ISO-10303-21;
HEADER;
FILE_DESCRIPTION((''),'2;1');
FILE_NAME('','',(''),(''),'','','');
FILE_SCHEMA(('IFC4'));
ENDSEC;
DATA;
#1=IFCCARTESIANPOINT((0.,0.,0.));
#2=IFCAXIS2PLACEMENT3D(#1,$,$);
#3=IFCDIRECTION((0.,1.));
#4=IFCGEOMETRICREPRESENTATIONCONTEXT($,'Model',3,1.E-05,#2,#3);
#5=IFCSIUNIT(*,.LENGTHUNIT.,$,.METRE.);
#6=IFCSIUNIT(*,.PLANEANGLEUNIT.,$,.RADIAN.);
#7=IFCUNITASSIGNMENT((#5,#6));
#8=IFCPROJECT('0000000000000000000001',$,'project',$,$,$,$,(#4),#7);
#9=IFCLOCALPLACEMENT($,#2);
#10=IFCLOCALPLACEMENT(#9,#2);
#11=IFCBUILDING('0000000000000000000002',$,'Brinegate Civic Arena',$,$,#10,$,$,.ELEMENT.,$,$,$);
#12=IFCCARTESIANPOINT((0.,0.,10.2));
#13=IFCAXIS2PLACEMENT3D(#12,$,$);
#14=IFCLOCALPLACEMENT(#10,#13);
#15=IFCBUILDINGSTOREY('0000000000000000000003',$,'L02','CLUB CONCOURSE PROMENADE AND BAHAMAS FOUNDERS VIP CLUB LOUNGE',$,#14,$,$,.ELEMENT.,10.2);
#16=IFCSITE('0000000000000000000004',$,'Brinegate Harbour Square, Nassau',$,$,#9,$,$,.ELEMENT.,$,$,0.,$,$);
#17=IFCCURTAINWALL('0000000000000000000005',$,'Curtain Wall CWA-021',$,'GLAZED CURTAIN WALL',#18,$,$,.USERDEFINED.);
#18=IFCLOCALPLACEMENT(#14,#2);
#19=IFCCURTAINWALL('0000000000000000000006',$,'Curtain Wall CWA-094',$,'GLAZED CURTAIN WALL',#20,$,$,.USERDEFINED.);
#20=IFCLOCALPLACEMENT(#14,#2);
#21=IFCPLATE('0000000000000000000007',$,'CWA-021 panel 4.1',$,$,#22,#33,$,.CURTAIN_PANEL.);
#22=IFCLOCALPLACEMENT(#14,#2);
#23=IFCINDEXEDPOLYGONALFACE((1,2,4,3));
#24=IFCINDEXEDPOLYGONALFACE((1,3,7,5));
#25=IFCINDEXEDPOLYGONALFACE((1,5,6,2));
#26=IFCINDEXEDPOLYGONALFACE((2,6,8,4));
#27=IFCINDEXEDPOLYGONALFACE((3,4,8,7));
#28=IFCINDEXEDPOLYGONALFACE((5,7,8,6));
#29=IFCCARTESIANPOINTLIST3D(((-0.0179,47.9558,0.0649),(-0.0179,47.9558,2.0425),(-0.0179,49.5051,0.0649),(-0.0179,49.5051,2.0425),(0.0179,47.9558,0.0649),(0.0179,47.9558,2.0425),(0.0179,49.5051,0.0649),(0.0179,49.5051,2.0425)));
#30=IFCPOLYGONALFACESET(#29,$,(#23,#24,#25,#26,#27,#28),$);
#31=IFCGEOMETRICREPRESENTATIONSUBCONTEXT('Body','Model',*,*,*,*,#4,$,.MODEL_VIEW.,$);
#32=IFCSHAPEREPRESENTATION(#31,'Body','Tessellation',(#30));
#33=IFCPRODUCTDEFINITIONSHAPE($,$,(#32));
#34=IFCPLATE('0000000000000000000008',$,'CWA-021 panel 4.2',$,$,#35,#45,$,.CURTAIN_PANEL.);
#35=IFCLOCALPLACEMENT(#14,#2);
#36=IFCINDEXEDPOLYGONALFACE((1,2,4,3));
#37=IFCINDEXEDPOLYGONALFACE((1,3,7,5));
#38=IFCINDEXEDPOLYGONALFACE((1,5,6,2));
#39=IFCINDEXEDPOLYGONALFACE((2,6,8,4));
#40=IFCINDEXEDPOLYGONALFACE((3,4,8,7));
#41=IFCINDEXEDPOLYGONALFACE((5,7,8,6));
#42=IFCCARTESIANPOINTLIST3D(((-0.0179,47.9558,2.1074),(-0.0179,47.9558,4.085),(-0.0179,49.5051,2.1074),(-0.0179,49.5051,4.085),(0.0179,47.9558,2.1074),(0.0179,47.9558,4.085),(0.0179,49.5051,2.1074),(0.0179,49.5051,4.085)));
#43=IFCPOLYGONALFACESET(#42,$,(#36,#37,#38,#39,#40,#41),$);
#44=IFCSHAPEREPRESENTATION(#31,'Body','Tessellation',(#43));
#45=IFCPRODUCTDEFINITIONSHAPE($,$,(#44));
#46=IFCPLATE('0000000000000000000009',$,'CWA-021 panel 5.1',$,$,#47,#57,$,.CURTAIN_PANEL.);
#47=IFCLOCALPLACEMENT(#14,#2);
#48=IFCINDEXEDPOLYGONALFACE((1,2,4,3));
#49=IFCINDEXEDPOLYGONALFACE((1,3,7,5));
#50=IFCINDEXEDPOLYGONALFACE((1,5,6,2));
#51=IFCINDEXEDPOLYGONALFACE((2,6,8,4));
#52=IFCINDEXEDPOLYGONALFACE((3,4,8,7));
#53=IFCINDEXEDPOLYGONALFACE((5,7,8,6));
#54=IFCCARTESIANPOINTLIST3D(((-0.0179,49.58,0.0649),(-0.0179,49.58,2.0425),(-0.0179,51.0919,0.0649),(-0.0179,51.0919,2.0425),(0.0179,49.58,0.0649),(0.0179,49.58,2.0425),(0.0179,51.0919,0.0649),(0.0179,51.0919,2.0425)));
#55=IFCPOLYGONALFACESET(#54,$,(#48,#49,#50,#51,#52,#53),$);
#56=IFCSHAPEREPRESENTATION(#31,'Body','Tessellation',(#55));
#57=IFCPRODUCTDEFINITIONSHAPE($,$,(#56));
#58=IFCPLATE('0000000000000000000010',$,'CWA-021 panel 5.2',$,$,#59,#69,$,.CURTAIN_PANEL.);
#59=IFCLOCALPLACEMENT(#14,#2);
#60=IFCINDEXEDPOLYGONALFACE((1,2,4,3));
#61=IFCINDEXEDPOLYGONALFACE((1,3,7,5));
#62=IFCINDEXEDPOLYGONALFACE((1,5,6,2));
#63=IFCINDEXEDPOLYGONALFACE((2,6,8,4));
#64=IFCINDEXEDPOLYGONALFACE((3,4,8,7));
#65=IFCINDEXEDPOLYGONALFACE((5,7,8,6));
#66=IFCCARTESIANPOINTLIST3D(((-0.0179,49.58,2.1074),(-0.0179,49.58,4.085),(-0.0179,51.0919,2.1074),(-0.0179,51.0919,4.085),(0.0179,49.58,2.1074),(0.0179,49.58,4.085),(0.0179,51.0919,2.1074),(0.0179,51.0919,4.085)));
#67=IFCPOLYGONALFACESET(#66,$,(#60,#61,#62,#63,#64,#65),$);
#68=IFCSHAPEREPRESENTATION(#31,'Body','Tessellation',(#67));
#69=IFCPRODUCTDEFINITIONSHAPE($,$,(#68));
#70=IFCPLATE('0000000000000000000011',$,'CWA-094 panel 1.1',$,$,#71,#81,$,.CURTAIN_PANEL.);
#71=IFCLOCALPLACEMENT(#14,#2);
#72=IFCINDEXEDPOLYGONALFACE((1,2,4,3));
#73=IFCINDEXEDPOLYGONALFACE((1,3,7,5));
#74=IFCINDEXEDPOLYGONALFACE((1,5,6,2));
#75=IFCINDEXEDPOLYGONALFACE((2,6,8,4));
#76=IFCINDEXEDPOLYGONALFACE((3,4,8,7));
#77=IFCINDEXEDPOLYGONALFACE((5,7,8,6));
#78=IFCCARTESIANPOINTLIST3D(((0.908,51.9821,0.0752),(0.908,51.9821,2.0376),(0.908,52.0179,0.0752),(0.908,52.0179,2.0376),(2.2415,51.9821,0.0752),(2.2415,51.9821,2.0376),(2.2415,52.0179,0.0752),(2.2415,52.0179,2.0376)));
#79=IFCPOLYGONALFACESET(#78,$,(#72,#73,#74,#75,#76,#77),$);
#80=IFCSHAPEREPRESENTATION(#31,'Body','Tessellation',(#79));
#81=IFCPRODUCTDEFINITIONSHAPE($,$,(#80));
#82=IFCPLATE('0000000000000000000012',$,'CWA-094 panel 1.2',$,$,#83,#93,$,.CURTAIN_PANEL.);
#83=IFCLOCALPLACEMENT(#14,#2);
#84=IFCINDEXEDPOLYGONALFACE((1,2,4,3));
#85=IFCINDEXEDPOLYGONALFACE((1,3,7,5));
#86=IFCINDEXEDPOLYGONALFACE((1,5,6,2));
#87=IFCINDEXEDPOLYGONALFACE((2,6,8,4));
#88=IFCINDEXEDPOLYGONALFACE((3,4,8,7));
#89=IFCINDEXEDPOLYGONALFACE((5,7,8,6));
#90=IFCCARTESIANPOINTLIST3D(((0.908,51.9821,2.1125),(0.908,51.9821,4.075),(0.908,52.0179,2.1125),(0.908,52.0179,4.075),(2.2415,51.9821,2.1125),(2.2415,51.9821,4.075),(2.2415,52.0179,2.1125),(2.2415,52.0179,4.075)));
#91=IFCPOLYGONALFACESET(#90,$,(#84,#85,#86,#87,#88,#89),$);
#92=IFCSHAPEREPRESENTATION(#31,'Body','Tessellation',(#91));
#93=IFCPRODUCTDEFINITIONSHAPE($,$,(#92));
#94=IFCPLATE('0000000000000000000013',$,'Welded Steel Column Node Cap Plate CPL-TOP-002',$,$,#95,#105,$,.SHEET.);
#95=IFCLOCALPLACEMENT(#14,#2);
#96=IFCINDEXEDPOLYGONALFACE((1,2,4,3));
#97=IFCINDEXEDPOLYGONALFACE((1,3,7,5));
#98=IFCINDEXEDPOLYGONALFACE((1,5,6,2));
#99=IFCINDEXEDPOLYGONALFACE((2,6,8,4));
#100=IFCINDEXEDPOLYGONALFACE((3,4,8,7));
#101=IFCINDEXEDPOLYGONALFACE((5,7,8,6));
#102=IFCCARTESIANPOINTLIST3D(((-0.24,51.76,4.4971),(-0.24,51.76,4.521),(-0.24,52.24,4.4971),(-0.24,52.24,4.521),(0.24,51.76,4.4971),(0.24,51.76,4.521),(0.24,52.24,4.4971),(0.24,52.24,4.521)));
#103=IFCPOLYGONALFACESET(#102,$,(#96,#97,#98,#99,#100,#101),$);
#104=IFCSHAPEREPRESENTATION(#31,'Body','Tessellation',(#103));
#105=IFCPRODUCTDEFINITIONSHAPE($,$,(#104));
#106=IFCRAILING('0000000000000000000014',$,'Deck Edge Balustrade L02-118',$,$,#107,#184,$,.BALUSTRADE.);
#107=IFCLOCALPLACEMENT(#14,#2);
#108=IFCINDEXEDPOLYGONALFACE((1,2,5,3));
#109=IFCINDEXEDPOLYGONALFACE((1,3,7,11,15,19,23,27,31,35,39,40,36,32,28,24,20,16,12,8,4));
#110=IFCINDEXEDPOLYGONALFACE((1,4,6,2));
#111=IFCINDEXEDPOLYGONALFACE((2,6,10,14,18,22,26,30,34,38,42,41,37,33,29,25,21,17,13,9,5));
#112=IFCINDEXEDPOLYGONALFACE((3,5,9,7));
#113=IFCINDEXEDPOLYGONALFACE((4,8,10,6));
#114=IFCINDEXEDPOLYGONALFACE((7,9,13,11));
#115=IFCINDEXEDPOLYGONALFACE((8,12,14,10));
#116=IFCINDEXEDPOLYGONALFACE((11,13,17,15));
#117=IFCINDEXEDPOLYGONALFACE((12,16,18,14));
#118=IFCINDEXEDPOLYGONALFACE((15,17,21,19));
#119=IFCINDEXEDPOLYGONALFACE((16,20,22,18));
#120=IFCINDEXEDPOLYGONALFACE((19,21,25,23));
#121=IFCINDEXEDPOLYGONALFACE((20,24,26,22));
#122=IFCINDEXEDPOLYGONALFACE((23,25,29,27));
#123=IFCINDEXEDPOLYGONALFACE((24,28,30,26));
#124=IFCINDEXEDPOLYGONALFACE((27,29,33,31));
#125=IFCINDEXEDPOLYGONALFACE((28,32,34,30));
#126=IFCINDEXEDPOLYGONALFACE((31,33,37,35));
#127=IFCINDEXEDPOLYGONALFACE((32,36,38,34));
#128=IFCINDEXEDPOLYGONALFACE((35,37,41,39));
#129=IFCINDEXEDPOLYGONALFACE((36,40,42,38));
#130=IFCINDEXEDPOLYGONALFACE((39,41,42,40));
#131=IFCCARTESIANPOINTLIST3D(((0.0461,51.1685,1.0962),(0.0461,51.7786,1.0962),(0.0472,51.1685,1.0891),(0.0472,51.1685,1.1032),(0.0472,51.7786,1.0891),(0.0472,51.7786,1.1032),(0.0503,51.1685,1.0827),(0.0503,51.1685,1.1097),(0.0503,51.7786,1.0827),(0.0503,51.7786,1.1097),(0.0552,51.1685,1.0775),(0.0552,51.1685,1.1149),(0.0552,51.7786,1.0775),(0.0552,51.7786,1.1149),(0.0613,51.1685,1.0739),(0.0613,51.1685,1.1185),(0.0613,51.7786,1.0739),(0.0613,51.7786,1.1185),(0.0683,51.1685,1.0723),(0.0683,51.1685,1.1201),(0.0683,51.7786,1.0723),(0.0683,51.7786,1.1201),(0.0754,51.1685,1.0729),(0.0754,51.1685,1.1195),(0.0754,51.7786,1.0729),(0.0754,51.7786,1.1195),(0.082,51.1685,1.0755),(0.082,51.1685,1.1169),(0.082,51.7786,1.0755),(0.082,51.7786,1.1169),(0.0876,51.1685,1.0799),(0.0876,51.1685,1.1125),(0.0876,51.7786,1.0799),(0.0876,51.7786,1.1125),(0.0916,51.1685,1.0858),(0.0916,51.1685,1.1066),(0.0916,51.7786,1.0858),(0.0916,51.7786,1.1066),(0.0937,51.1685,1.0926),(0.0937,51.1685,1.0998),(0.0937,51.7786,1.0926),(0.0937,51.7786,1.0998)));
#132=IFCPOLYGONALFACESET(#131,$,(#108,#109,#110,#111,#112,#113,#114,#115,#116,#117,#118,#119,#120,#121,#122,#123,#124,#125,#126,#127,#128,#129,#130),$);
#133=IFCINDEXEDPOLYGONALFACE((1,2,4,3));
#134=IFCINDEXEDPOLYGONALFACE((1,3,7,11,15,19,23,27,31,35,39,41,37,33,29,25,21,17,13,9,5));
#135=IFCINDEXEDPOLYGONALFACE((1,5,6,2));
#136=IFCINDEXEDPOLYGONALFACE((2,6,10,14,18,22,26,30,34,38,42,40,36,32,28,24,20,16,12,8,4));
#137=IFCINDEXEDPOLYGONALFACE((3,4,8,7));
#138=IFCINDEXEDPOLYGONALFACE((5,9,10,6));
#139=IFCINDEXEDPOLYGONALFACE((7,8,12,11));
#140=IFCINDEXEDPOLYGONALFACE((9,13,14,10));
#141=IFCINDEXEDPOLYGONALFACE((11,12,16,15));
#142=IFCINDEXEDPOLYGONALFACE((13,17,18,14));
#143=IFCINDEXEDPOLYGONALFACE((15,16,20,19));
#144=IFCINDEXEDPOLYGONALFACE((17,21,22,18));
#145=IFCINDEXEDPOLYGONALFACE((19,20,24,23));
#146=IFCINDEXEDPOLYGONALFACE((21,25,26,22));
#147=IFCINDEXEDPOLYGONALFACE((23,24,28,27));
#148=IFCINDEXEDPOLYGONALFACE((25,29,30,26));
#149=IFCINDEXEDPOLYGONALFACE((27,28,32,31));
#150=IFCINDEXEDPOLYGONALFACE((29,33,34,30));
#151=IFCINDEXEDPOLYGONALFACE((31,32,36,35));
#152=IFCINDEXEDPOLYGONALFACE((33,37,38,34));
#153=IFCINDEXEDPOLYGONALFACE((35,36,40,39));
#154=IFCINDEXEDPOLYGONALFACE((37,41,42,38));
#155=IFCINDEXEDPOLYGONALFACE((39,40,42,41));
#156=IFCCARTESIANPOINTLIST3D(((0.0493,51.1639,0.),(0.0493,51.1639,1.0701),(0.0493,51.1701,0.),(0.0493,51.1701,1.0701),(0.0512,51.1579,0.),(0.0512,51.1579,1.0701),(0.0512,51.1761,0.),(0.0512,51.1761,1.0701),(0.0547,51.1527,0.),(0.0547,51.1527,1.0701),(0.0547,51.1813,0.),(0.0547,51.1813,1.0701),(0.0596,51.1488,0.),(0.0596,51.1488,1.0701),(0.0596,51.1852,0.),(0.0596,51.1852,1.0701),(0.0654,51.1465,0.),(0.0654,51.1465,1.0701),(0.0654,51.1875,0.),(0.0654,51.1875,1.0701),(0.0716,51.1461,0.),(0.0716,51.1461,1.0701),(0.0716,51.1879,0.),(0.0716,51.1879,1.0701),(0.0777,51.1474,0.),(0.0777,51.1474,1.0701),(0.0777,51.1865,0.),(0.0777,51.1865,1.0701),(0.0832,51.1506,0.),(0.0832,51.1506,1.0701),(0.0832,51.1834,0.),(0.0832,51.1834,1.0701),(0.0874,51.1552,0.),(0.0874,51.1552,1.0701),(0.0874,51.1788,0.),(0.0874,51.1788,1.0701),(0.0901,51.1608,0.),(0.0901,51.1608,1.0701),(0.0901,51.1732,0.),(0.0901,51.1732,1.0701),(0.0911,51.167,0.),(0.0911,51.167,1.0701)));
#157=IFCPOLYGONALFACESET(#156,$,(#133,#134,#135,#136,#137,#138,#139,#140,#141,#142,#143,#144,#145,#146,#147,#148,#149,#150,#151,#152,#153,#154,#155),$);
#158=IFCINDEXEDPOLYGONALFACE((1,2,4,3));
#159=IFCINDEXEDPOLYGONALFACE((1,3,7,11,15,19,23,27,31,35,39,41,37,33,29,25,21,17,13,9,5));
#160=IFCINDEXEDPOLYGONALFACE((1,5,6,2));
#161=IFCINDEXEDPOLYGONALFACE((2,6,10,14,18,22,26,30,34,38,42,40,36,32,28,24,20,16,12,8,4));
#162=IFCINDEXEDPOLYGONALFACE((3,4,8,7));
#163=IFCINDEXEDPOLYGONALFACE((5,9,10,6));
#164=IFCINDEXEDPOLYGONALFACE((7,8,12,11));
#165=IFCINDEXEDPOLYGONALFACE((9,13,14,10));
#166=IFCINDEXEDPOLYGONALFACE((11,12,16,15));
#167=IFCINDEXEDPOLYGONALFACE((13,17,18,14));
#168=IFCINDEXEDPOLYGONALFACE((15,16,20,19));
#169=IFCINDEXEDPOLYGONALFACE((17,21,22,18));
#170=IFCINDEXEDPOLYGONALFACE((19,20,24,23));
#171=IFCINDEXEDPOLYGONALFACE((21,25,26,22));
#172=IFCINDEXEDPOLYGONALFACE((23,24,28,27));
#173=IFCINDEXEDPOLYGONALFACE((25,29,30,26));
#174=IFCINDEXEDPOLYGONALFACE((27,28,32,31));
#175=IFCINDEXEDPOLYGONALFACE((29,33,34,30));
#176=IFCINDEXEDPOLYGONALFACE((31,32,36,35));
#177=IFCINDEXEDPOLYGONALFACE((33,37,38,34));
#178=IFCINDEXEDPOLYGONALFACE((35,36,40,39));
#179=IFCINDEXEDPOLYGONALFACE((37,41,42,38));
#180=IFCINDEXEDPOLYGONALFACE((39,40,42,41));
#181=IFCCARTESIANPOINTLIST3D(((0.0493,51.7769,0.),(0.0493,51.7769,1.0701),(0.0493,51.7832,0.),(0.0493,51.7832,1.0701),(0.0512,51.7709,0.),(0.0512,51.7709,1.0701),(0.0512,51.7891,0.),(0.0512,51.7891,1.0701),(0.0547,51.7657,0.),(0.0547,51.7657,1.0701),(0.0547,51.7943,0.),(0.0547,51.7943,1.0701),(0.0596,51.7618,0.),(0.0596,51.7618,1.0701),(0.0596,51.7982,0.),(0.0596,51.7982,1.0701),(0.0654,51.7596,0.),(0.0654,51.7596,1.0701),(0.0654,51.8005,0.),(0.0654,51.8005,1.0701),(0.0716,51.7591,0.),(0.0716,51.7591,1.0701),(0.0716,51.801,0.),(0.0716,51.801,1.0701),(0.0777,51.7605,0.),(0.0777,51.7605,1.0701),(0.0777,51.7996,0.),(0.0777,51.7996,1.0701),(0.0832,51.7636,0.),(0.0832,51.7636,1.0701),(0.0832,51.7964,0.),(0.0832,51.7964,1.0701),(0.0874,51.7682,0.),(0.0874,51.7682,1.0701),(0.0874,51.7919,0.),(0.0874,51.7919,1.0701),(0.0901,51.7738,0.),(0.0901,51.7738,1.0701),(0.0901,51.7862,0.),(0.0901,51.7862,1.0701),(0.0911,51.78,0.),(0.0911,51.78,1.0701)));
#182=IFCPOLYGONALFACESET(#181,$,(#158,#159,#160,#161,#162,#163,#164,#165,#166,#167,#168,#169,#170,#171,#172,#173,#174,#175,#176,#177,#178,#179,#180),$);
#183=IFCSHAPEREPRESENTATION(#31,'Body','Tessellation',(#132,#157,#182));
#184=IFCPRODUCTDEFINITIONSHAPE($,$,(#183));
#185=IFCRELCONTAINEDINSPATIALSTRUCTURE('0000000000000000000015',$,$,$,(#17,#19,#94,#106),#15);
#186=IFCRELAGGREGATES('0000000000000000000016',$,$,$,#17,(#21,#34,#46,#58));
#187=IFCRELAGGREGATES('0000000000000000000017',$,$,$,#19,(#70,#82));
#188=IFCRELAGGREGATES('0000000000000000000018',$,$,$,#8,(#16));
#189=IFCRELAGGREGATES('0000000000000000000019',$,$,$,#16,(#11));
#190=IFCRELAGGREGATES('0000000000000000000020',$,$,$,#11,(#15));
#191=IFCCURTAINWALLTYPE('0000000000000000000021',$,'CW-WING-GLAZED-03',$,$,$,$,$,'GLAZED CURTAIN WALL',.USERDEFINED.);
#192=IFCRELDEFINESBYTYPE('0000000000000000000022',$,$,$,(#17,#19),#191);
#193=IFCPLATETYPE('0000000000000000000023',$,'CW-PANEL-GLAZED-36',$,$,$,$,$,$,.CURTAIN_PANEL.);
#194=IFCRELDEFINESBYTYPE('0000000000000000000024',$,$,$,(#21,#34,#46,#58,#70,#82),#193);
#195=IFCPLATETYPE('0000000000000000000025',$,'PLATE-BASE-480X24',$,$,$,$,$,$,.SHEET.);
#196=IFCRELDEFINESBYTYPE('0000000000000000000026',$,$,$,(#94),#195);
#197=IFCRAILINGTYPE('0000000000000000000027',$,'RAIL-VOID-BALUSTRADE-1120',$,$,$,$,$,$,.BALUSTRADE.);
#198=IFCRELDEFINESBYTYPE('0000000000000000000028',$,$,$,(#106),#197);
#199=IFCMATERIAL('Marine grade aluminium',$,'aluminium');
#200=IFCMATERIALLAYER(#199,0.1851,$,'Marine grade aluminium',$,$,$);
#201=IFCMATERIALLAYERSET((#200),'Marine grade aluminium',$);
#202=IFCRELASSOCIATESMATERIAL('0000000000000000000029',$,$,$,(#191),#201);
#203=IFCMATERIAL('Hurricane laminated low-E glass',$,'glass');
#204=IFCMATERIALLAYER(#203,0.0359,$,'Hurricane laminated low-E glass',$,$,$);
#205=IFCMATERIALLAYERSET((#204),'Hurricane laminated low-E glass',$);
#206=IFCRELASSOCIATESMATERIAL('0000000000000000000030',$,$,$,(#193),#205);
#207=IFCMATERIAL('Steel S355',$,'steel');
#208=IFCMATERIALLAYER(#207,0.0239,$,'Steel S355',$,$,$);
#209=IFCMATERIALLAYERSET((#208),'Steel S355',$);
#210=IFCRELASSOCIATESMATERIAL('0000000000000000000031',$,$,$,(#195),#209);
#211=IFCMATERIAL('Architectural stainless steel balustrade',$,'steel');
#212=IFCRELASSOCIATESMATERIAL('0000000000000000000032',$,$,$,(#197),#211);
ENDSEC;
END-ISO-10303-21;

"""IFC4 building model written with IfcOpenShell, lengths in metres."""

from ifc_helpers import new_model, si_unit, direction, frame, origin, origin_2d, place, context, subcontext, project, spatial, rectangle, circle, extrude, material, layer, layer_set, type_object, element, aggregate, save


model = new_model("IFC4")

# Units and contexts
model_context = context("Model", 3, precision=1e-05, world=origin(), true_north=direction((0.0, 1.0)))
body_context = subcontext(model_context, "Body", "Model", "MODEL_VIEW")
ifc_project = project(units=[si_unit("LENGTHUNIT", "METRE"), si_unit("PLANEANGLEUNIT", "RADIAN")], contexts=[model_context])

# Site, building, storey
site_placement = place(None, origin())
site = spatial("IfcSite", under=ifc_project, at=site_placement, Name="Brinegate Harbour Square, Nassau", CompositionType="ELEMENT", RefElevation=0.0)
building_placement = place(site_placement, origin())
building = spatial("IfcBuilding", under=site, at=building_placement, Name="Brinegate Civic Arena", CompositionType="ELEMENT")
storey_placement = place(building_placement, frame((0.0, 0.0, 10.2)))
storey = spatial("IfcBuildingStorey", under=building, at=storey_placement, Name="L02", Description="CLUB CONCOURSE PROMENADE AND BAHAMAS FOUNDERS VIP CLUB LOUNGE", CompositionType="ELEMENT", Elevation=10.2)

# Shared definitions
ifc_material_1 = material(Name="Steel S355", Category="steel")

# Curtain walls
ifc_material_2 = material(Name="Marine grade aluminium", Category="aluminium")
ifc_layer_1 = layer(ifc_material_2, 0.1851, Name="Marine grade aluminium")
ifc_layer_set_1 = layer_set([ifc_layer_1], Name="Marine grade aluminium")
curtain_wall_type = type_object("IfcCurtainWallType", Name="CW-WING-GLAZED-03", ElementType="GLAZED CURTAIN WALL", PredefinedType="USERDEFINED", material=ifc_layer_set_1)
curtain_wall_1_placement = place(storey_placement, origin())
curtain_wall_1 = element("IfcCurtainWall", 1, at=curtain_wall_1_placement, inside=storey, type_object=curtain_wall_type, Name="Curtain Wall CWA-021", ObjectType="GLAZED CURTAIN WALL", PredefinedType="USERDEFINED")
curtain_wall_2_placement = place(storey_placement, origin())
curtain_wall_2 = element("IfcCurtainWall", 2, at=curtain_wall_2_placement, inside=storey, type_object=curtain_wall_type, Name="Curtain Wall CWA-094", ObjectType="GLAZED CURTAIN WALL", PredefinedType="USERDEFINED")

# Plates
ifc_material_3 = material(Name="Hurricane laminated low-E glass", Category="glass")
ifc_layer_2 = layer(ifc_material_3, 0.0359, Name="Hurricane laminated low-E glass")
ifc_layer_set_2 = layer_set([ifc_layer_2], Name="Hurricane laminated low-E glass")
plate_type_1 = type_object("IfcPlateType", Name="CW-PANEL-GLAZED-36", PredefinedType="CURTAIN_PANEL", material=ifc_layer_set_2)
plate_1_placement = place(storey_placement, frame((0.0, 48.7305, 0.0649), z_axis=(0.0, 0.0, 1.0), x_axis=(0.0, 1.0, 0.0)))
plate_1 = element("IfcPlate", 3, at=plate_1_placement, type_object=plate_type_1, Name="CWA-021 panel 4.1", PredefinedType="CURTAIN_PANEL", context=body_context, shape_type="SweptSolid", body=[
    extrude(rectangle(XDim=1.5493, YDim=0.0359, at=origin_2d()), origin(), (0.0, 0.0, 1.0), 1.9775),
])
plate_2_placement = place(storey_placement, frame((0.0, 48.7305, 2.1074), z_axis=(0.0, 0.0, 1.0), x_axis=(0.0, 1.0, 0.0)))
plate_2 = element("IfcPlate", 4, at=plate_2_placement, type_object=plate_type_1, Name="CWA-021 panel 4.2", PredefinedType="CURTAIN_PANEL", context=body_context, shape_type="SweptSolid", body=[
    extrude(rectangle(XDim=1.5493, YDim=0.0359, at=origin_2d()), origin(), (0.0, 0.0, 1.0), 1.9775),
])
plate_3_placement = place(storey_placement, frame((0.0, 50.3359, 0.0649), z_axis=(0.0, 0.0, 1.0), x_axis=(0.0, 1.0, 0.0)))
plate_3 = element("IfcPlate", 5, at=plate_3_placement, type_object=plate_type_1, Name="CWA-021 panel 5.1", PredefinedType="CURTAIN_PANEL", context=body_context, shape_type="SweptSolid", body=[
    extrude(rectangle(XDim=1.512, YDim=0.0359, at=origin_2d()), origin(), (0.0, 0.0, 1.0), 1.9775),
])
plate_4_placement = place(storey_placement, frame((0.0, 50.3359, 2.1074), z_axis=(0.0, 0.0, 1.0), x_axis=(0.0, 1.0, 0.0)))
plate_4 = element("IfcPlate", 6, at=plate_4_placement, type_object=plate_type_1, Name="CWA-021 panel 5.2", PredefinedType="CURTAIN_PANEL", context=body_context, shape_type="SweptSolid", body=[
    extrude(rectangle(XDim=1.512, YDim=0.0359, at=origin_2d()), origin(), (0.0, 0.0, 1.0), 1.9775),
])
aggregate(curtain_wall_1, [plate_1, plate_2, plate_3, plate_4])
plate_5_placement = place(storey_placement, frame((1.5747, 52.0, 0.0752), z_axis=(0.0, 0.0, 1.0), x_axis=(1.0, 0.0, 0.0)))
plate_5 = element("IfcPlate", 7, at=plate_5_placement, type_object=plate_type_1, Name="CWA-094 panel 1.1", PredefinedType="CURTAIN_PANEL", context=body_context, shape_type="SweptSolid", body=[
    extrude(rectangle(XDim=1.3335, YDim=0.0359, at=origin_2d()), origin(), (0.0, 0.0, 1.0), 1.9624),
])
plate_6_placement = place(storey_placement, frame((1.5747, 52.0, 2.1125), z_axis=(0.0, 0.0, 1.0), x_axis=(1.0, 0.0, 0.0)))
plate_6 = element("IfcPlate", 8, at=plate_6_placement, type_object=plate_type_1, Name="CWA-094 panel 1.2", PredefinedType="CURTAIN_PANEL", context=body_context, shape_type="SweptSolid", body=[
    extrude(rectangle(XDim=1.3335, YDim=0.0359, at=origin_2d()), origin(), (0.0, 0.0, 1.0), 1.9624),
])
aggregate(curtain_wall_2, [plate_5, plate_6])
ifc_layer_3 = layer(ifc_material_1, 0.0239, Name="Steel S355")
ifc_layer_set_3 = layer_set([ifc_layer_3], Name="Steel S355")
plate_type_2 = type_object("IfcPlateType", Name="PLATE-BASE-480X24", PredefinedType="SHEET", material=ifc_layer_set_3)
plate_7_placement = place(storey_placement, frame((0.0, 52.0, 4.4971), z_axis=(0.0, 0.0, 1.0), x_axis=(1.0, 0.0, 0.0)))
element("IfcPlate", 9, at=plate_7_placement, inside=storey, type_object=plate_type_2, Name="Welded Steel Column Node Cap Plate CPL-TOP-002", PredefinedType="SHEET", context=body_context, shape_type="SweptSolid", body=[
    extrude(rectangle(XDim=0.48, YDim=0.48, at=origin_2d()), origin(), (0.0, 0.0, 1.0), 0.0239),
])

# Railing
ifc_material_4 = material(Name="Architectural stainless steel balustrade", Category="steel")
railing_type = type_object("IfcRailingType", Name="RAIL-VOID-BALUSTRADE-1120", PredefinedType="BALUSTRADE", material=ifc_material_4)
railing_1_placement = place(storey_placement, frame((0.0701, 51.167, 0.0)))
element("IfcRailing", 10, at=railing_1_placement, inside=storey, type_object=railing_type, Name="Deck Edge Balustrade L02-118", PredefinedType="BALUSTRADE", context=body_context, shape_type="SweptSolid", body=[
    extrude(circle(Radius=0.0239, at=origin_2d()), frame((0.0, 0.0015, 1.0962), z_axis=(0.0, 1.0, 0.0), x_axis=(-1.0, 0.0, 0.0)), (0.0, 0.0, 1.0), 0.6101),
    extrude(circle(Radius=0.021, at=origin_2d()), origin(), (0.0, 0.0, 1.0), 1.0701),
    extrude(circle(Radius=0.021, at=origin_2d()), frame((0.0, 0.613, 0.0)), (0.0, 0.0, 1.0), 1.0701),
])

save(model, "model.ifc")
